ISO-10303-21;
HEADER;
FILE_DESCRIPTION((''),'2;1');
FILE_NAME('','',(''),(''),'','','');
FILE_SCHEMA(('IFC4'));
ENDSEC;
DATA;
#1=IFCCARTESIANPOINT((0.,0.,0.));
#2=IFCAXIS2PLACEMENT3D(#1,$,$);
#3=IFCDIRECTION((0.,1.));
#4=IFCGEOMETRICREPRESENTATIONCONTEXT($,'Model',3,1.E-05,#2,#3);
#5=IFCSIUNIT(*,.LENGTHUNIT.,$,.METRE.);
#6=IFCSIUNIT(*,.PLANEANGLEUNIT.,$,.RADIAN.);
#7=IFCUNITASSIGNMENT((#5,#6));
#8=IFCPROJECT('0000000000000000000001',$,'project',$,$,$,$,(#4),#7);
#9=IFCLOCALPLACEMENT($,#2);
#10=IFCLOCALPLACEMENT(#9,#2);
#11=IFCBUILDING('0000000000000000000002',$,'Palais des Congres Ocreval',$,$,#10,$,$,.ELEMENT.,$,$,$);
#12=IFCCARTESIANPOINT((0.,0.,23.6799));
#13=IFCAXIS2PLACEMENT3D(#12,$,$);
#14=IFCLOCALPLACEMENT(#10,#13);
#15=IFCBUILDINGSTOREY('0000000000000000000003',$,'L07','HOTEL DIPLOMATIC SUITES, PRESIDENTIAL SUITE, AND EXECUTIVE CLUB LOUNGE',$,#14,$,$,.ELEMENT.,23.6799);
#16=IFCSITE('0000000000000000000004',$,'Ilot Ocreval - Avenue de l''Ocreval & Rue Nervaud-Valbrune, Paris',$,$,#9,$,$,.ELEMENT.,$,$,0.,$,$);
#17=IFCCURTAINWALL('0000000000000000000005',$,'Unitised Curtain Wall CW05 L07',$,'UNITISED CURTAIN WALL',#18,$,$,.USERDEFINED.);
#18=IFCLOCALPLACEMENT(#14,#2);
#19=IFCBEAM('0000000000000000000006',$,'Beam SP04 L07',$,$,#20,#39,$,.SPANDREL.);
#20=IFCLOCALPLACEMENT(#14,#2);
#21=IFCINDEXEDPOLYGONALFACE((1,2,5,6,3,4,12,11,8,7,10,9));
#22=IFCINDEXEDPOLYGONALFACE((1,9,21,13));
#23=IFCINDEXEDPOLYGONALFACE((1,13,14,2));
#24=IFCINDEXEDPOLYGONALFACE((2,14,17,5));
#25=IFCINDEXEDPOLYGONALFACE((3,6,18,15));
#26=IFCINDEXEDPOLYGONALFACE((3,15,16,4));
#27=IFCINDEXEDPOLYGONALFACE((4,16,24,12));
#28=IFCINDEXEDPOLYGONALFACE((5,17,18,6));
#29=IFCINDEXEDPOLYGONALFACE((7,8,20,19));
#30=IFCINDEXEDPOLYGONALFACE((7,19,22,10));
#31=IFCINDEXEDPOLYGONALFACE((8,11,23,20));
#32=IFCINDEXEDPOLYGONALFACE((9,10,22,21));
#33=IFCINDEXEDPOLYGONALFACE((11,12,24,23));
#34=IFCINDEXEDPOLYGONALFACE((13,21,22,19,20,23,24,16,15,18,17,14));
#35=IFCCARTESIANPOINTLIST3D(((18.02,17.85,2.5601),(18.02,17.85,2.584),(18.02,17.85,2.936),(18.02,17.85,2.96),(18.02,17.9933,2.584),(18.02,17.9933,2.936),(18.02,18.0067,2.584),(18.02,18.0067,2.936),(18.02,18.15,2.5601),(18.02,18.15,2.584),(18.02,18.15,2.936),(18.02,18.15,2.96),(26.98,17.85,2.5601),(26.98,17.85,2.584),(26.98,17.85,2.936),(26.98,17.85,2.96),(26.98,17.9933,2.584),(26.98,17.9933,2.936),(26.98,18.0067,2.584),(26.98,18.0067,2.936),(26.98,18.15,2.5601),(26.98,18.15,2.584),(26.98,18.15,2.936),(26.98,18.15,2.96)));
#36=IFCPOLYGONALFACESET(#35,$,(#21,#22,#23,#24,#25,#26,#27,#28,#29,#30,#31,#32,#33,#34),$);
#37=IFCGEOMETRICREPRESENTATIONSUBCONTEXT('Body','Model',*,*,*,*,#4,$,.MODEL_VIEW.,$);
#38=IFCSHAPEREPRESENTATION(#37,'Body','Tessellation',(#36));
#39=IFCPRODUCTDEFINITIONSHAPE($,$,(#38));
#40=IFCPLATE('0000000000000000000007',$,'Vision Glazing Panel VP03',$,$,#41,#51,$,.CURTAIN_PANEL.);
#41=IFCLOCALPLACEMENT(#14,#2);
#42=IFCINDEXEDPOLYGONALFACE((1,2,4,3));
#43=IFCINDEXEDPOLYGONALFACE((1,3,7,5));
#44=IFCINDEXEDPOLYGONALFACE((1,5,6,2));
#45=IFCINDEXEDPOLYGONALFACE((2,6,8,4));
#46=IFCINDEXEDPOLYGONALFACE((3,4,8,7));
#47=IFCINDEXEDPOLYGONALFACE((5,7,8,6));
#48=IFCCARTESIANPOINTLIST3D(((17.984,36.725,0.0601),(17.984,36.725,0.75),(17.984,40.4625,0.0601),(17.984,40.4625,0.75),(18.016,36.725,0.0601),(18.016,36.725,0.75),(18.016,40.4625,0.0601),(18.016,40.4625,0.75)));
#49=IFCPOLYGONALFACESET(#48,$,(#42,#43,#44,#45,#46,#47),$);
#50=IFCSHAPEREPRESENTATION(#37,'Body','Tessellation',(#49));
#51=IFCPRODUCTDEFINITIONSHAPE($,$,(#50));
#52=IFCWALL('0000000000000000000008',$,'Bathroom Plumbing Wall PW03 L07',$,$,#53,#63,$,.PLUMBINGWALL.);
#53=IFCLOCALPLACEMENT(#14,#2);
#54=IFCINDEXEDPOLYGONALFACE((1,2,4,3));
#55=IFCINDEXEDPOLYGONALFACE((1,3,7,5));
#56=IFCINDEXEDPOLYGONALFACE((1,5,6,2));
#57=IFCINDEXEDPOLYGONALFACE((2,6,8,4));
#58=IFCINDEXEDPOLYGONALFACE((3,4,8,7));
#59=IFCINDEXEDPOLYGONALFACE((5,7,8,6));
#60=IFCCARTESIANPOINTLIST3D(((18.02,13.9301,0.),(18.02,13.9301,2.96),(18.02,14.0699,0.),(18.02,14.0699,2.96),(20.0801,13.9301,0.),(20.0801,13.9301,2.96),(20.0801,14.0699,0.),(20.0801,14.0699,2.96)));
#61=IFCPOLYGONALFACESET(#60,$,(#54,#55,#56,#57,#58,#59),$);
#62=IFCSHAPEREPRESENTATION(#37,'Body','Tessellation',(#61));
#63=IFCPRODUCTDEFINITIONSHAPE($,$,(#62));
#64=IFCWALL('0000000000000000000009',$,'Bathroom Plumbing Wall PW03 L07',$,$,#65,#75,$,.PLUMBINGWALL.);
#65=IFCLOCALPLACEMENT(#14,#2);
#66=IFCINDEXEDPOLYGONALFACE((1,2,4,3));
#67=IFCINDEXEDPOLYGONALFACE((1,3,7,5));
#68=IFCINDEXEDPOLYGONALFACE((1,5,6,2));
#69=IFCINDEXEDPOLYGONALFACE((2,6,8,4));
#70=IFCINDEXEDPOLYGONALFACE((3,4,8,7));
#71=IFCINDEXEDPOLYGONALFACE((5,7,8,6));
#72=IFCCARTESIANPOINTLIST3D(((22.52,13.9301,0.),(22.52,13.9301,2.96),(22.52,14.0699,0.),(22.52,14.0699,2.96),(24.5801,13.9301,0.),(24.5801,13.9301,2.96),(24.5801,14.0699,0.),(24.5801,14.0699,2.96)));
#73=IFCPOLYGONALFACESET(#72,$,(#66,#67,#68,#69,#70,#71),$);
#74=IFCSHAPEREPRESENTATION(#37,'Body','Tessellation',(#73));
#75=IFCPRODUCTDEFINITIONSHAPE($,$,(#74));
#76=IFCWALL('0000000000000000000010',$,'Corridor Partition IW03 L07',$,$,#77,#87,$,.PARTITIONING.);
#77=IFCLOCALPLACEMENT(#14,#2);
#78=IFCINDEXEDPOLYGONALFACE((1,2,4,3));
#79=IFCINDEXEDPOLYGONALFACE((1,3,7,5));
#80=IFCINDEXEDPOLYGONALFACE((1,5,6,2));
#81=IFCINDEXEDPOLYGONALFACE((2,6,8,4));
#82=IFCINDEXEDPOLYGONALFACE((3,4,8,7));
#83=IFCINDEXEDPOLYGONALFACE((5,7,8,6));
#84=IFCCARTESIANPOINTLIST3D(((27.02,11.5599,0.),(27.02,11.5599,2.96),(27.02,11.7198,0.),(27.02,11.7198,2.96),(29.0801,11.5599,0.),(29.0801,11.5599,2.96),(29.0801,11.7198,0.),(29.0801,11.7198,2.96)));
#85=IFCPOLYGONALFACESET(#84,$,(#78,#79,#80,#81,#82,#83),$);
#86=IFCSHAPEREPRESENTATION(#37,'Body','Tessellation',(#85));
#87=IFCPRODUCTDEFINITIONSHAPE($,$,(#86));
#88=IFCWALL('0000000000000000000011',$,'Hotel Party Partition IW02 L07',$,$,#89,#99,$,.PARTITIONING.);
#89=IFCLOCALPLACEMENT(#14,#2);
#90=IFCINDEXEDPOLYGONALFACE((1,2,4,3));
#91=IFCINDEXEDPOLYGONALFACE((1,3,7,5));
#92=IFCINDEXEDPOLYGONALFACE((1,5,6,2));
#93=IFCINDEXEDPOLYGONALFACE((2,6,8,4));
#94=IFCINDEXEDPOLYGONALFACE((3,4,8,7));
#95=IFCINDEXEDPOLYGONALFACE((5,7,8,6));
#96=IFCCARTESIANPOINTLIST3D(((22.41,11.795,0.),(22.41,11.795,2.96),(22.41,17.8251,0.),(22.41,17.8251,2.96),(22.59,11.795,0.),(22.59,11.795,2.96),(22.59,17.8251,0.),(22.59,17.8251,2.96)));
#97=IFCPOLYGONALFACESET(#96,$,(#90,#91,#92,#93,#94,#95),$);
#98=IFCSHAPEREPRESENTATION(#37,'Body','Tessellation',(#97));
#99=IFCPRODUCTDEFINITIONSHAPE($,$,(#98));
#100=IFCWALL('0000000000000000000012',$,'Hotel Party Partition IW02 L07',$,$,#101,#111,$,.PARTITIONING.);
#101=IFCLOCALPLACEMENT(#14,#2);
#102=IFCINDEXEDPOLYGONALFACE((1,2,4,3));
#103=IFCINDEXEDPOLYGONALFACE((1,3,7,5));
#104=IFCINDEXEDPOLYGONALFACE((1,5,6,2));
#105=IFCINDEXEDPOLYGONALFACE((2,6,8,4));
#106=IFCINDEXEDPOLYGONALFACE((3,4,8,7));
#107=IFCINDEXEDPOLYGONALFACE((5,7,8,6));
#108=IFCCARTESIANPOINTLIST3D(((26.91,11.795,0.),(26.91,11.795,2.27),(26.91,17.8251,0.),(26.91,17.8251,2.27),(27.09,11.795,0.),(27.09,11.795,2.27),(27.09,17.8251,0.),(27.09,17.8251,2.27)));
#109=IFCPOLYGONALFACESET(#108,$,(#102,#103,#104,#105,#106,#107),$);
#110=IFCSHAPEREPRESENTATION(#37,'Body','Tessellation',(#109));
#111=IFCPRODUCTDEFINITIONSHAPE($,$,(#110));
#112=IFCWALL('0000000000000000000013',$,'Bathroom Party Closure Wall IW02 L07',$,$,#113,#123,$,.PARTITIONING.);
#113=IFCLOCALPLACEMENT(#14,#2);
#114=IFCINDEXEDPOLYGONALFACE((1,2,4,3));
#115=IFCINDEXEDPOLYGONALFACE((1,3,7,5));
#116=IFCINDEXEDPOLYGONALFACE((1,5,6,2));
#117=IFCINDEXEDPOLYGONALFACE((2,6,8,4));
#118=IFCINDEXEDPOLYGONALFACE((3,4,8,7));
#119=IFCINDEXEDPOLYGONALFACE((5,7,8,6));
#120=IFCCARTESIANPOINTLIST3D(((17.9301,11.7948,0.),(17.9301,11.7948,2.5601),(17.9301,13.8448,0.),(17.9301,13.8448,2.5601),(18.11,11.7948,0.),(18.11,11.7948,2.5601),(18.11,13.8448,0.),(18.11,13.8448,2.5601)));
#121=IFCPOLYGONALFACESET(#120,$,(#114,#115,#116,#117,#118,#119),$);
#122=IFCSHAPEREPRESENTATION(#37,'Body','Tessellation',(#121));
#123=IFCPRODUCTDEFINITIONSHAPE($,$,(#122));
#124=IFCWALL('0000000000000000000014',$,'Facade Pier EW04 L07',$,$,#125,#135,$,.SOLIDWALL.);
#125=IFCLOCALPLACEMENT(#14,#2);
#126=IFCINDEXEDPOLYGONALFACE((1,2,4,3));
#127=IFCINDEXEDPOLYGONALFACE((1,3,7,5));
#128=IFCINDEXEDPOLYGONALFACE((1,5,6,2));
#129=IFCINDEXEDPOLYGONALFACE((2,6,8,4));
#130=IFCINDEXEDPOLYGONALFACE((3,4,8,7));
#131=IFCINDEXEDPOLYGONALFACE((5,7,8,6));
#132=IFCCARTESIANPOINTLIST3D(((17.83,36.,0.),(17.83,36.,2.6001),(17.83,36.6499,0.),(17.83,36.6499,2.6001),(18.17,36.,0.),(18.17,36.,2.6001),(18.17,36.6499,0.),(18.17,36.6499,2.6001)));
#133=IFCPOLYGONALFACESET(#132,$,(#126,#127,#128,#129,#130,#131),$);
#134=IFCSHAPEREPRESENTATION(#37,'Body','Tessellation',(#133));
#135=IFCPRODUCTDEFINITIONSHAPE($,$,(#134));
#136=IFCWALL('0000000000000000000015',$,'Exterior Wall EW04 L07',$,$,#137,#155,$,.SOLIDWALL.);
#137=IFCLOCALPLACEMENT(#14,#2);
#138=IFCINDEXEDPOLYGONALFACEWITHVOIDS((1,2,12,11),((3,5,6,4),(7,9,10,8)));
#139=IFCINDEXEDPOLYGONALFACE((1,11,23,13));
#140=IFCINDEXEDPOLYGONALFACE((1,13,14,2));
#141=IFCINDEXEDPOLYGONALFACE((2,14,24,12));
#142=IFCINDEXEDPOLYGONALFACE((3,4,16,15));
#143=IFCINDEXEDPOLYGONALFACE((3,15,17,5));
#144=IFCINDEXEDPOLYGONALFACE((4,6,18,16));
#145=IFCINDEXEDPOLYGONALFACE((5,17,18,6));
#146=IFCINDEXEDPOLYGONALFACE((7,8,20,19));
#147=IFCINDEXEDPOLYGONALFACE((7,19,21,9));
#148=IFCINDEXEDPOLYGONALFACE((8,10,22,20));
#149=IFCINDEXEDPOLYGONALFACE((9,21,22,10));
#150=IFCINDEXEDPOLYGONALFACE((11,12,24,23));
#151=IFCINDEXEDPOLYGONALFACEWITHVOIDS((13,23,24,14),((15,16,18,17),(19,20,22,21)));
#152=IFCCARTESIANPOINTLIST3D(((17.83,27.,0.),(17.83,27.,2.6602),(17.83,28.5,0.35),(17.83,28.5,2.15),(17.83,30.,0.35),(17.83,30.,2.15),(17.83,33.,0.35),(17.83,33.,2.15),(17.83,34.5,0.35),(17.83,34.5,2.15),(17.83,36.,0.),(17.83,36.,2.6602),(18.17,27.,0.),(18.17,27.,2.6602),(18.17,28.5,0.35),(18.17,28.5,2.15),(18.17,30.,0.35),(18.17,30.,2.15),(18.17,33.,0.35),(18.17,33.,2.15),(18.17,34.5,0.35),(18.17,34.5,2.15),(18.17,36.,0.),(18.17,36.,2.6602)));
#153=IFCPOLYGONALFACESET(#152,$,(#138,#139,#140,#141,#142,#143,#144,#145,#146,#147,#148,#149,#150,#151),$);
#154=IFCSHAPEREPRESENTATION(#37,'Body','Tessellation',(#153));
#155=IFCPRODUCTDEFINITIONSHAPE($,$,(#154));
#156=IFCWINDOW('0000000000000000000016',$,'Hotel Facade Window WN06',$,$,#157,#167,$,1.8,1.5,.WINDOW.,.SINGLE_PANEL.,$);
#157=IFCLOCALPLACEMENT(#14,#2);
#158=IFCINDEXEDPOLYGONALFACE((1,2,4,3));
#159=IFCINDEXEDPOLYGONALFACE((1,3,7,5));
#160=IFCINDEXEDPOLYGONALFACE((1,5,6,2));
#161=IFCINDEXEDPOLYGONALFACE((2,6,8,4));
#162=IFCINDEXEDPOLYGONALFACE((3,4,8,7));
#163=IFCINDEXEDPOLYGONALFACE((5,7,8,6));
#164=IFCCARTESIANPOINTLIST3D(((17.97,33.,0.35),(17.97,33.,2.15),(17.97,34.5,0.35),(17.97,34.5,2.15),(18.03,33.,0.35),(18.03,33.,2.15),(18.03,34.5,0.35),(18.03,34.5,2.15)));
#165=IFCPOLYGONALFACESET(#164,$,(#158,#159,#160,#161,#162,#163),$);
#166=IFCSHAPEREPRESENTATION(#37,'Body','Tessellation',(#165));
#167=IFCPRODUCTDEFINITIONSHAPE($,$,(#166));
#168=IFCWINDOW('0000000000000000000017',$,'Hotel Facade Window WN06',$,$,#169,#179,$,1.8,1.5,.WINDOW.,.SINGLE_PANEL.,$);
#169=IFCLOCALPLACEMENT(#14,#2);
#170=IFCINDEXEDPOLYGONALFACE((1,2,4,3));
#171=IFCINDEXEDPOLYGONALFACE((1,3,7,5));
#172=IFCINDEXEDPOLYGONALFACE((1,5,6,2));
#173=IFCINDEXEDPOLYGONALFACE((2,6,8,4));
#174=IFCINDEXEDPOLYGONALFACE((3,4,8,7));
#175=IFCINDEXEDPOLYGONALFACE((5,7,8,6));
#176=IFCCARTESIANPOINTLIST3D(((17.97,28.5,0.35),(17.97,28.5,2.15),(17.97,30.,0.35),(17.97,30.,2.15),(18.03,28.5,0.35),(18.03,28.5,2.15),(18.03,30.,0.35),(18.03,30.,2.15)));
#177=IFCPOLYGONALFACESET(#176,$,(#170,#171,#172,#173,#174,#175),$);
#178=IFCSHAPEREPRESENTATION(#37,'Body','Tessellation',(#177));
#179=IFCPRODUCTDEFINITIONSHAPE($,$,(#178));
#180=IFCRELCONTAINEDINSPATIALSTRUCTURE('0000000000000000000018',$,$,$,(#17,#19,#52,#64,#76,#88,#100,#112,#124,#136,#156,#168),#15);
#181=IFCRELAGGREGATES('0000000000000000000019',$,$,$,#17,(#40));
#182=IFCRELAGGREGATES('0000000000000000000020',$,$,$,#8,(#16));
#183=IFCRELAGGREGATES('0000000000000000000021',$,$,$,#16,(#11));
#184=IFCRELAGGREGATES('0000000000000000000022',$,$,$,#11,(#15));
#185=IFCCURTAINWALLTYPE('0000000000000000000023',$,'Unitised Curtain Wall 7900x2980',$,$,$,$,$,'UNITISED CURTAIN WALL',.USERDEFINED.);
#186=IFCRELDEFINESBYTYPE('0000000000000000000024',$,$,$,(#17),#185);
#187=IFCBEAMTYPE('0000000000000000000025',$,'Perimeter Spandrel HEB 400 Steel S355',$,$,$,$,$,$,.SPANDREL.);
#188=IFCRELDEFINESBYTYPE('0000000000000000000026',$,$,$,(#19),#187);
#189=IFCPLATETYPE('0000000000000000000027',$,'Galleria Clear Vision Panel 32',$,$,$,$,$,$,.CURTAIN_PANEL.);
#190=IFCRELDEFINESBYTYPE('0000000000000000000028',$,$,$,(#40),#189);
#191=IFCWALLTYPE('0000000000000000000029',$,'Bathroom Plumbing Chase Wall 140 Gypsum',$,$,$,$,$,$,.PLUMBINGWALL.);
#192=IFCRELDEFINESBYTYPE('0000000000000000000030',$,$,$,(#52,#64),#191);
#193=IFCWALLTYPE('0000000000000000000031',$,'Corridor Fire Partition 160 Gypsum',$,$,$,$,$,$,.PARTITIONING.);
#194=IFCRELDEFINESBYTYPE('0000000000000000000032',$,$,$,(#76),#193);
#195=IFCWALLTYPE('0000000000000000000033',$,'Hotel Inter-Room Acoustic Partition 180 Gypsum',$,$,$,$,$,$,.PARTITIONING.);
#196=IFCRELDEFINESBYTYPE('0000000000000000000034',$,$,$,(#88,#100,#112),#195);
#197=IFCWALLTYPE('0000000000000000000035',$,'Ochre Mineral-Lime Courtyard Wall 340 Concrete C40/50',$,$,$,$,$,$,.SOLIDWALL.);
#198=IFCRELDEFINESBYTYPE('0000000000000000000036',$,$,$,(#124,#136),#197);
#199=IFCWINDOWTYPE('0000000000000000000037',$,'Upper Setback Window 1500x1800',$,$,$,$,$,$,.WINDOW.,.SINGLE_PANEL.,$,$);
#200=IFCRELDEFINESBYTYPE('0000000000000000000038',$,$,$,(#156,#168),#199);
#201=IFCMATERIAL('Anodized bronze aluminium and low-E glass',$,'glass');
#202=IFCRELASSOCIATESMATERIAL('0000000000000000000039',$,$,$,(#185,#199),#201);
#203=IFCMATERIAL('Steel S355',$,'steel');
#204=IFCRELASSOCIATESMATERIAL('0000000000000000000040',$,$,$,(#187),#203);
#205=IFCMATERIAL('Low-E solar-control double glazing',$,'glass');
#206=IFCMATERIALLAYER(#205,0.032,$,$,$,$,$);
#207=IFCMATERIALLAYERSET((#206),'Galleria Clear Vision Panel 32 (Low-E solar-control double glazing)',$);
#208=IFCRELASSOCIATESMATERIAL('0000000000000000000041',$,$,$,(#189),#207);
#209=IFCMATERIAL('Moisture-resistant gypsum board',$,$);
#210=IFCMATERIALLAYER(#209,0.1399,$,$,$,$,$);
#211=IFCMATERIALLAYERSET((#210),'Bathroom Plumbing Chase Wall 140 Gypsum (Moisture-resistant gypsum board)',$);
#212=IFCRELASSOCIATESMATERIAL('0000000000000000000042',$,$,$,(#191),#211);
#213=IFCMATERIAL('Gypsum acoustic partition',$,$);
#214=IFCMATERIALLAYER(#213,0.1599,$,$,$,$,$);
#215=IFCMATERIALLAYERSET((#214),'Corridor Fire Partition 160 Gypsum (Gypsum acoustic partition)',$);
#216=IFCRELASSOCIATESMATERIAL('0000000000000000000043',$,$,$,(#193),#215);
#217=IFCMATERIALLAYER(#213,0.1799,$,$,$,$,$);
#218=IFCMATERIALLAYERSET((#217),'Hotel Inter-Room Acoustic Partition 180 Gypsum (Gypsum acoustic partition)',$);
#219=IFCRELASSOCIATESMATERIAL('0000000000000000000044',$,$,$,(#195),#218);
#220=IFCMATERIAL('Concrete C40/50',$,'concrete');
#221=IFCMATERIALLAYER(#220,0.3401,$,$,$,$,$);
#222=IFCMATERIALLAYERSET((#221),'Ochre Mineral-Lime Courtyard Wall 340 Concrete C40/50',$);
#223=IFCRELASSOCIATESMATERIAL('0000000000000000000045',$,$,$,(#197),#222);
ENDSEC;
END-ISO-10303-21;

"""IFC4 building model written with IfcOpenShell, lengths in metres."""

from ifc_helpers import new_model, si_unit, direction, frame, frame_2d, origin, origin_2d, place, context, subcontext, project, spatial, rectangle, i_section, extrude, material, layer, layer_set, material_profile, profile_set, type_object, element, fill, aggregate, save


model = new_model("IFC4")

# Units and contexts
model_context = context("Model", 3, precision=1e-05, world=origin(), true_north=direction((0.0, 1.0)))
body_context = subcontext(model_context, "Body", "Model", "MODEL_VIEW")
ifc_project = project(units=[si_unit("LENGTHUNIT", "METRE"), si_unit("PLANEANGLEUNIT", "RADIAN")], contexts=[model_context])

# Site, building, storey
site_placement = place(None, origin())
site = spatial("IfcSite", under=ifc_project, at=site_placement, Name="Ilot Ocreval - Avenue de l'Ocreval & Rue Nervaud-Valbrune, Paris", CompositionType="ELEMENT", RefElevation=0.0)
building_placement = place(site_placement, origin())
building = spatial("IfcBuilding", under=site, at=building_placement, Name="Palais des Congres Ocreval", CompositionType="ELEMENT")
storey_placement = place(building_placement, frame((0.0, 0.0, 23.6799)))
storey = spatial("IfcBuildingStorey", under=building, at=storey_placement, Name="L07", Description="HOTEL DIPLOMATIC SUITES, PRESIDENTIAL SUITE, AND EXECUTIVE CLUB LOUNGE", CompositionType="ELEMENT", Elevation=23.6799)

# Shared definitions
ifc_material_1 = material(Name="Steel S355", Category="steel")
ifc_material_2 = material(Name="Concrete C40/50", Category="concrete")

# Curtain wall
ifc_material_3 = material(Name="Anodized bronze aluminium and low-E glass", Category="glass")
curtain_wall_type = type_object("IfcCurtainWallType", Name="Unitised Curtain Wall 7900x2980", ElementType="UNITISED CURTAIN WALL", PredefinedType="USERDEFINED", material=ifc_material_3)
curtain_wall_placement = place(storey_placement, origin())
curtain_wall = element("IfcCurtainWall", 1, at=curtain_wall_placement, inside=storey, type_object=curtain_wall_type, Name="Unitised Curtain Wall CW05 L07", ObjectType="UNITISED CURTAIN WALL", PredefinedType="USERDEFINED")

# Beam
ifc_material_profile_1 = material_profile(ifc_material_1, i_section(OverallWidth=0.3, OverallDepth=0.3999, WebThickness=0.0134, FlangeThickness=0.0239, at=origin_2d()), Name="HEB 400")
ifc_profile_set_1 = profile_set([ifc_material_profile_1], Name="Steel S355")
beam_type_1 = type_object("IfcBeamType", Name="Perimeter Spandrel HEB 400 Steel S355", PredefinedType="SPANDREL", material=ifc_profile_set_1)
beam_1_placement = place(storey_placement, frame((18.02, 18.0, 2.76), z_axis=(1.0, 0.0, 0.0), x_axis=(0.0, 1.0, 0.0)))
element("IfcBeam", 2, at=beam_1_placement, inside=storey, type_object=beam_type_1, Name="Beam SP04 L07", PredefinedType="SPANDREL", context=body_context, shape_type="SweptSolid", body=[
    extrude(i_section(OverallWidth=0.3, OverallDepth=0.3999, WebThickness=0.0134, FlangeThickness=0.0239, at=origin_2d()), origin(), (0.0, 0.0, 1.0), 8.96),
])

# Plate
ifc_material_4 = material(Name="Low-E solar-control double glazing", Category="glass")
ifc_layer_1 = layer(ifc_material_4, 0.032)
ifc_layer_set_1 = layer_set([ifc_layer_1], Name="Galleria Clear Vision Panel 32 (Low-E solar-control double glazing)")
plate_type = type_object("IfcPlateType", Name="Galleria Clear Vision Panel 32", PredefinedType="CURTAIN_PANEL", material=ifc_layer_set_1)
plate_placement = place(storey_placement, frame((18.0, 38.5938, 0.0601), z_axis=(0.0, 0.0, 1.0), x_axis=(0.0, -1.0, 0.0)))
plate = element("IfcPlate", 3, at=plate_placement, type_object=plate_type, Name="Vision Glazing Panel VP03", PredefinedType="CURTAIN_PANEL", context=body_context, shape_type="SweptSolid", body=[
    extrude(rectangle(XDim=3.7375, YDim=0.032, at=origin_2d()), origin(), (0.0, 0.0, 1.0), 0.6899),
])
aggregate(curtain_wall, [plate])

# Walls
ifc_material_5 = material(Name="Moisture-resistant gypsum board")
ifc_layer_2 = layer(ifc_material_5, 0.1399)
ifc_layer_set_2 = layer_set([ifc_layer_2], Name="Bathroom Plumbing Chase Wall 140 Gypsum (Moisture-resistant gypsum board)")
wall_type_1 = type_object("IfcWallType", Name="Bathroom Plumbing Chase Wall 140 Gypsum", PredefinedType="PLUMBINGWALL", material=ifc_layer_set_2)
for number, where, z_axis, x_axis, name in (
    (4, (18.02, 14.0, 0.0), (0.0, 0.0, 1.0), (1.0, 0.0, 0.0), "Bathroom Plumbing Wall PW03 L07"),
    (5, (22.52, 14.0, 0.0), (0.0, 0.0, 1.0), (1.0, 0.0, 0.0), "Bathroom Plumbing Wall PW03 L07"),
):
    element("IfcWall", number, at=place(storey_placement, frame(where, z_axis=z_axis, x_axis=x_axis)), inside=storey, type_object=wall_type_1, Name=name, PredefinedType="PLUMBINGWALL", context=body_context, shape_type="SweptSolid", body=[
        extrude(rectangle(XDim=2.0601, YDim=0.1399, at=frame_2d((1.03, 0.0))), origin(), (0.0, 0.0, 1.0), 2.96),
    ])
ifc_material_6 = material(Name="Gypsum acoustic partition")
ifc_layer_3 = layer(ifc_material_6, 0.1599)
ifc_layer_set_3 = layer_set([ifc_layer_3], Name="Corridor Fire Partition 160 Gypsum (Gypsum acoustic partition)")
wall_type_2 = type_object("IfcWallType", Name="Corridor Fire Partition 160 Gypsum", PredefinedType="PARTITIONING", material=ifc_layer_set_3)
wall_1_placement = place(storey_placement, frame((27.02, 11.6399, 0.0), z_axis=(0.0, 0.0, 1.0), x_axis=(1.0, 0.0, 0.0)))
element("IfcWall", 6, at=wall_1_placement, inside=storey, type_object=wall_type_2, Name="Corridor Partition IW03 L07", PredefinedType="PARTITIONING", context=body_context, shape_type="SweptSolid", body=[
    extrude(rectangle(XDim=2.0601, YDim=0.1599, at=frame_2d((1.03, 0.0))), origin(), (0.0, 0.0, 1.0), 2.96),
])
ifc_layer_4 = layer(ifc_material_6, 0.1799)
ifc_layer_set_4 = layer_set([ifc_layer_4], Name="Hotel Inter-Room Acoustic Partition 180 Gypsum (Gypsum acoustic partition)")
wall_type_3 = type_object("IfcWallType", Name="Hotel Inter-Room Acoustic Partition 180 Gypsum", PredefinedType="PARTITIONING", material=ifc_layer_set_4)
wall_2_placement = place(storey_placement, frame((22.5, 11.7949, 0.0), z_axis=(0.0, 0.0, 1.0), x_axis=(0.0, 1.0, 0.0)))
element("IfcWall", 7, at=wall_2_placement, inside=storey, type_object=wall_type_3, Name="Hotel Party Partition IW02 L07", PredefinedType="PARTITIONING", context=body_context, shape_type="SweptSolid", body=[
    extrude(rectangle(XDim=6.03, YDim=0.1799, at=frame_2d((3.0151, 0.0))), origin(), (0.0, 0.0, 1.0), 2.96),
])
wall_3_placement = place(storey_placement, frame((27.0, 11.7949, 0.0), z_axis=(0.0, 0.0, 1.0), x_axis=(0.0, 1.0, 0.0)))
element("IfcWall", 8, at=wall_3_placement, inside=storey, type_object=wall_type_3, Name="Hotel Party Partition IW02 L07", PredefinedType="PARTITIONING", context=body_context, shape_type="SweptSolid", body=[
    extrude(rectangle(XDim=6.03, YDim=0.1799, at=frame_2d((3.0151, 0.0))), origin(), (0.0, 0.0, 1.0), 2.27),
])
wall_4_placement = place(storey_placement, frame((18.02, 11.7949, 0.0), z_axis=(0.0, 0.0, 1.0), x_axis=(0.0, 1.0, 0.0)))
element("IfcWall", 9, at=wall_4_placement, inside=storey, type_object=wall_type_3, Name="Bathroom Party Closure Wall IW02 L07", PredefinedType="PARTITIONING", context=body_context, shape_type="SweptSolid", body=[
    extrude(rectangle(XDim=2.05, YDim=0.1799, at=frame_2d((1.0249, 0.0))), origin(), (0.0, 0.0, 1.0), 2.5601),
])
ifc_layer_5 = layer(ifc_material_2, 0.3401)
ifc_layer_set_5 = layer_set([ifc_layer_5], Name="Ochre Mineral-Lime Courtyard Wall 340 Concrete C40/50")
wall_type_4 = type_object("IfcWallType", Name="Ochre Mineral-Lime Courtyard Wall 340 Concrete C40/50", PredefinedType="SOLIDWALL", material=ifc_layer_set_5)
wall_5_placement = place(storey_placement, frame((18.0, 36.6499, 0.0), z_axis=(0.0, 0.0, 1.0), x_axis=(0.0, -1.0, 0.0)))
element("IfcWall", 10, at=wall_5_placement, inside=storey, type_object=wall_type_4, Name="Facade Pier EW04 L07", PredefinedType="SOLIDWALL", context=body_context, shape_type="SweptSolid", body=[
    extrude(rectangle(XDim=0.6499, YDim=0.3401, at=frame_2d((0.325, 0.0))), origin(), (0.0, 0.0, 1.0), 2.6001),
])

# Wall, openings, windows
wall_6_placement = place(storey_placement, frame((18.0, 36.0, 0.0), z_axis=(0.0, 0.0, 1.0), x_axis=(0.0, -1.0, 0.0)))
wall_6 = element("IfcWall", 11, at=wall_6_placement, inside=storey, type_object=wall_type_4, Name="Exterior Wall EW04 L07", PredefinedType="SOLIDWALL", context=body_context, shape_type="SweptSolid", body=[
    extrude(rectangle(XDim=9.0, YDim=0.3401, at=frame_2d((4.5, 0.0))), origin(), (0.0, 0.0, 1.0), 2.6602),
])
opening_1_placement = place(wall_6_placement, frame((1.5, 0.0, 0.3501)))
opening_1 = element("IfcOpeningElement", 12, at=opening_1_placement, cuts=wall_6, PredefinedType="OPENING", context=body_context, shape_type="SweptSolid", body=[
    extrude(rectangle(XDim=1.5, YDim=1.8, at=frame_2d((0.75, 0.8999))), frame((0.0, 0.1799, 0.0), z_axis=(0.0, -1.0, 0.0), x_axis=(1.0, 0.0, 0.0)), (0.0, 0.0, 1.0), 0.3601),
])
opening_2_placement = place(wall_6_placement, frame((6.0, 0.0, 0.3501)))
opening_2 = element("IfcOpeningElement", 13, at=opening_2_placement, cuts=wall_6, PredefinedType="OPENING", context=body_context, shape_type="SweptSolid", body=[
    extrude(rectangle(XDim=1.5, YDim=1.8, at=frame_2d((0.75, 0.8999))), frame((0.0, 0.1799, 0.0), z_axis=(0.0, -1.0, 0.0), x_axis=(1.0, 0.0, 0.0)), (0.0, 0.0, 1.0), 0.3601),
])
window_type = type_object("IfcWindowType", Name="Upper Setback Window 1500x1800", PartitioningType="SINGLE_PANEL", PredefinedType="WINDOW", material=ifc_material_3)
window_1_placement = place(opening_1_placement, origin())
window_1 = element("IfcWindow", 14, at=window_1_placement, inside=storey, type_object=window_type, Name="Hotel Facade Window WN06", OverallHeight=1.8, OverallWidth=1.5, PartitioningType="SINGLE_PANEL", PredefinedType="WINDOW", context=body_context, shape_type="SweptSolid", body=[
    extrude(rectangle(XDim=1.5, YDim=1.8, at=frame_2d((0.75, 0.8999))), frame((0.0, 0.03, 0.0), z_axis=(0.0, -1.0, 0.0), x_axis=(1.0, 0.0, 0.0)), (0.0, 0.0, 1.0), 0.0601),
])
fill(opening_1, window_1)
window_2_placement = place(opening_2_placement, origin())
window_2 = element("IfcWindow", 15, at=window_2_placement, inside=storey, type_object=window_type, Name="Hotel Facade Window WN06", OverallHeight=1.8, OverallWidth=1.5, PartitioningType="SINGLE_PANEL", PredefinedType="WINDOW", context=body_context, shape_type="SweptSolid", body=[
    extrude(rectangle(XDim=1.5, YDim=1.8, at=frame_2d((0.75, 0.8999))), frame((0.0, 0.03, 0.0), z_axis=(0.0, -1.0, 0.0), x_axis=(1.0, 0.0, 0.0)), (0.0, 0.0, 1.0), 0.0601),
])
fill(opening_2, window_2)

save(model, "model.ifc")
